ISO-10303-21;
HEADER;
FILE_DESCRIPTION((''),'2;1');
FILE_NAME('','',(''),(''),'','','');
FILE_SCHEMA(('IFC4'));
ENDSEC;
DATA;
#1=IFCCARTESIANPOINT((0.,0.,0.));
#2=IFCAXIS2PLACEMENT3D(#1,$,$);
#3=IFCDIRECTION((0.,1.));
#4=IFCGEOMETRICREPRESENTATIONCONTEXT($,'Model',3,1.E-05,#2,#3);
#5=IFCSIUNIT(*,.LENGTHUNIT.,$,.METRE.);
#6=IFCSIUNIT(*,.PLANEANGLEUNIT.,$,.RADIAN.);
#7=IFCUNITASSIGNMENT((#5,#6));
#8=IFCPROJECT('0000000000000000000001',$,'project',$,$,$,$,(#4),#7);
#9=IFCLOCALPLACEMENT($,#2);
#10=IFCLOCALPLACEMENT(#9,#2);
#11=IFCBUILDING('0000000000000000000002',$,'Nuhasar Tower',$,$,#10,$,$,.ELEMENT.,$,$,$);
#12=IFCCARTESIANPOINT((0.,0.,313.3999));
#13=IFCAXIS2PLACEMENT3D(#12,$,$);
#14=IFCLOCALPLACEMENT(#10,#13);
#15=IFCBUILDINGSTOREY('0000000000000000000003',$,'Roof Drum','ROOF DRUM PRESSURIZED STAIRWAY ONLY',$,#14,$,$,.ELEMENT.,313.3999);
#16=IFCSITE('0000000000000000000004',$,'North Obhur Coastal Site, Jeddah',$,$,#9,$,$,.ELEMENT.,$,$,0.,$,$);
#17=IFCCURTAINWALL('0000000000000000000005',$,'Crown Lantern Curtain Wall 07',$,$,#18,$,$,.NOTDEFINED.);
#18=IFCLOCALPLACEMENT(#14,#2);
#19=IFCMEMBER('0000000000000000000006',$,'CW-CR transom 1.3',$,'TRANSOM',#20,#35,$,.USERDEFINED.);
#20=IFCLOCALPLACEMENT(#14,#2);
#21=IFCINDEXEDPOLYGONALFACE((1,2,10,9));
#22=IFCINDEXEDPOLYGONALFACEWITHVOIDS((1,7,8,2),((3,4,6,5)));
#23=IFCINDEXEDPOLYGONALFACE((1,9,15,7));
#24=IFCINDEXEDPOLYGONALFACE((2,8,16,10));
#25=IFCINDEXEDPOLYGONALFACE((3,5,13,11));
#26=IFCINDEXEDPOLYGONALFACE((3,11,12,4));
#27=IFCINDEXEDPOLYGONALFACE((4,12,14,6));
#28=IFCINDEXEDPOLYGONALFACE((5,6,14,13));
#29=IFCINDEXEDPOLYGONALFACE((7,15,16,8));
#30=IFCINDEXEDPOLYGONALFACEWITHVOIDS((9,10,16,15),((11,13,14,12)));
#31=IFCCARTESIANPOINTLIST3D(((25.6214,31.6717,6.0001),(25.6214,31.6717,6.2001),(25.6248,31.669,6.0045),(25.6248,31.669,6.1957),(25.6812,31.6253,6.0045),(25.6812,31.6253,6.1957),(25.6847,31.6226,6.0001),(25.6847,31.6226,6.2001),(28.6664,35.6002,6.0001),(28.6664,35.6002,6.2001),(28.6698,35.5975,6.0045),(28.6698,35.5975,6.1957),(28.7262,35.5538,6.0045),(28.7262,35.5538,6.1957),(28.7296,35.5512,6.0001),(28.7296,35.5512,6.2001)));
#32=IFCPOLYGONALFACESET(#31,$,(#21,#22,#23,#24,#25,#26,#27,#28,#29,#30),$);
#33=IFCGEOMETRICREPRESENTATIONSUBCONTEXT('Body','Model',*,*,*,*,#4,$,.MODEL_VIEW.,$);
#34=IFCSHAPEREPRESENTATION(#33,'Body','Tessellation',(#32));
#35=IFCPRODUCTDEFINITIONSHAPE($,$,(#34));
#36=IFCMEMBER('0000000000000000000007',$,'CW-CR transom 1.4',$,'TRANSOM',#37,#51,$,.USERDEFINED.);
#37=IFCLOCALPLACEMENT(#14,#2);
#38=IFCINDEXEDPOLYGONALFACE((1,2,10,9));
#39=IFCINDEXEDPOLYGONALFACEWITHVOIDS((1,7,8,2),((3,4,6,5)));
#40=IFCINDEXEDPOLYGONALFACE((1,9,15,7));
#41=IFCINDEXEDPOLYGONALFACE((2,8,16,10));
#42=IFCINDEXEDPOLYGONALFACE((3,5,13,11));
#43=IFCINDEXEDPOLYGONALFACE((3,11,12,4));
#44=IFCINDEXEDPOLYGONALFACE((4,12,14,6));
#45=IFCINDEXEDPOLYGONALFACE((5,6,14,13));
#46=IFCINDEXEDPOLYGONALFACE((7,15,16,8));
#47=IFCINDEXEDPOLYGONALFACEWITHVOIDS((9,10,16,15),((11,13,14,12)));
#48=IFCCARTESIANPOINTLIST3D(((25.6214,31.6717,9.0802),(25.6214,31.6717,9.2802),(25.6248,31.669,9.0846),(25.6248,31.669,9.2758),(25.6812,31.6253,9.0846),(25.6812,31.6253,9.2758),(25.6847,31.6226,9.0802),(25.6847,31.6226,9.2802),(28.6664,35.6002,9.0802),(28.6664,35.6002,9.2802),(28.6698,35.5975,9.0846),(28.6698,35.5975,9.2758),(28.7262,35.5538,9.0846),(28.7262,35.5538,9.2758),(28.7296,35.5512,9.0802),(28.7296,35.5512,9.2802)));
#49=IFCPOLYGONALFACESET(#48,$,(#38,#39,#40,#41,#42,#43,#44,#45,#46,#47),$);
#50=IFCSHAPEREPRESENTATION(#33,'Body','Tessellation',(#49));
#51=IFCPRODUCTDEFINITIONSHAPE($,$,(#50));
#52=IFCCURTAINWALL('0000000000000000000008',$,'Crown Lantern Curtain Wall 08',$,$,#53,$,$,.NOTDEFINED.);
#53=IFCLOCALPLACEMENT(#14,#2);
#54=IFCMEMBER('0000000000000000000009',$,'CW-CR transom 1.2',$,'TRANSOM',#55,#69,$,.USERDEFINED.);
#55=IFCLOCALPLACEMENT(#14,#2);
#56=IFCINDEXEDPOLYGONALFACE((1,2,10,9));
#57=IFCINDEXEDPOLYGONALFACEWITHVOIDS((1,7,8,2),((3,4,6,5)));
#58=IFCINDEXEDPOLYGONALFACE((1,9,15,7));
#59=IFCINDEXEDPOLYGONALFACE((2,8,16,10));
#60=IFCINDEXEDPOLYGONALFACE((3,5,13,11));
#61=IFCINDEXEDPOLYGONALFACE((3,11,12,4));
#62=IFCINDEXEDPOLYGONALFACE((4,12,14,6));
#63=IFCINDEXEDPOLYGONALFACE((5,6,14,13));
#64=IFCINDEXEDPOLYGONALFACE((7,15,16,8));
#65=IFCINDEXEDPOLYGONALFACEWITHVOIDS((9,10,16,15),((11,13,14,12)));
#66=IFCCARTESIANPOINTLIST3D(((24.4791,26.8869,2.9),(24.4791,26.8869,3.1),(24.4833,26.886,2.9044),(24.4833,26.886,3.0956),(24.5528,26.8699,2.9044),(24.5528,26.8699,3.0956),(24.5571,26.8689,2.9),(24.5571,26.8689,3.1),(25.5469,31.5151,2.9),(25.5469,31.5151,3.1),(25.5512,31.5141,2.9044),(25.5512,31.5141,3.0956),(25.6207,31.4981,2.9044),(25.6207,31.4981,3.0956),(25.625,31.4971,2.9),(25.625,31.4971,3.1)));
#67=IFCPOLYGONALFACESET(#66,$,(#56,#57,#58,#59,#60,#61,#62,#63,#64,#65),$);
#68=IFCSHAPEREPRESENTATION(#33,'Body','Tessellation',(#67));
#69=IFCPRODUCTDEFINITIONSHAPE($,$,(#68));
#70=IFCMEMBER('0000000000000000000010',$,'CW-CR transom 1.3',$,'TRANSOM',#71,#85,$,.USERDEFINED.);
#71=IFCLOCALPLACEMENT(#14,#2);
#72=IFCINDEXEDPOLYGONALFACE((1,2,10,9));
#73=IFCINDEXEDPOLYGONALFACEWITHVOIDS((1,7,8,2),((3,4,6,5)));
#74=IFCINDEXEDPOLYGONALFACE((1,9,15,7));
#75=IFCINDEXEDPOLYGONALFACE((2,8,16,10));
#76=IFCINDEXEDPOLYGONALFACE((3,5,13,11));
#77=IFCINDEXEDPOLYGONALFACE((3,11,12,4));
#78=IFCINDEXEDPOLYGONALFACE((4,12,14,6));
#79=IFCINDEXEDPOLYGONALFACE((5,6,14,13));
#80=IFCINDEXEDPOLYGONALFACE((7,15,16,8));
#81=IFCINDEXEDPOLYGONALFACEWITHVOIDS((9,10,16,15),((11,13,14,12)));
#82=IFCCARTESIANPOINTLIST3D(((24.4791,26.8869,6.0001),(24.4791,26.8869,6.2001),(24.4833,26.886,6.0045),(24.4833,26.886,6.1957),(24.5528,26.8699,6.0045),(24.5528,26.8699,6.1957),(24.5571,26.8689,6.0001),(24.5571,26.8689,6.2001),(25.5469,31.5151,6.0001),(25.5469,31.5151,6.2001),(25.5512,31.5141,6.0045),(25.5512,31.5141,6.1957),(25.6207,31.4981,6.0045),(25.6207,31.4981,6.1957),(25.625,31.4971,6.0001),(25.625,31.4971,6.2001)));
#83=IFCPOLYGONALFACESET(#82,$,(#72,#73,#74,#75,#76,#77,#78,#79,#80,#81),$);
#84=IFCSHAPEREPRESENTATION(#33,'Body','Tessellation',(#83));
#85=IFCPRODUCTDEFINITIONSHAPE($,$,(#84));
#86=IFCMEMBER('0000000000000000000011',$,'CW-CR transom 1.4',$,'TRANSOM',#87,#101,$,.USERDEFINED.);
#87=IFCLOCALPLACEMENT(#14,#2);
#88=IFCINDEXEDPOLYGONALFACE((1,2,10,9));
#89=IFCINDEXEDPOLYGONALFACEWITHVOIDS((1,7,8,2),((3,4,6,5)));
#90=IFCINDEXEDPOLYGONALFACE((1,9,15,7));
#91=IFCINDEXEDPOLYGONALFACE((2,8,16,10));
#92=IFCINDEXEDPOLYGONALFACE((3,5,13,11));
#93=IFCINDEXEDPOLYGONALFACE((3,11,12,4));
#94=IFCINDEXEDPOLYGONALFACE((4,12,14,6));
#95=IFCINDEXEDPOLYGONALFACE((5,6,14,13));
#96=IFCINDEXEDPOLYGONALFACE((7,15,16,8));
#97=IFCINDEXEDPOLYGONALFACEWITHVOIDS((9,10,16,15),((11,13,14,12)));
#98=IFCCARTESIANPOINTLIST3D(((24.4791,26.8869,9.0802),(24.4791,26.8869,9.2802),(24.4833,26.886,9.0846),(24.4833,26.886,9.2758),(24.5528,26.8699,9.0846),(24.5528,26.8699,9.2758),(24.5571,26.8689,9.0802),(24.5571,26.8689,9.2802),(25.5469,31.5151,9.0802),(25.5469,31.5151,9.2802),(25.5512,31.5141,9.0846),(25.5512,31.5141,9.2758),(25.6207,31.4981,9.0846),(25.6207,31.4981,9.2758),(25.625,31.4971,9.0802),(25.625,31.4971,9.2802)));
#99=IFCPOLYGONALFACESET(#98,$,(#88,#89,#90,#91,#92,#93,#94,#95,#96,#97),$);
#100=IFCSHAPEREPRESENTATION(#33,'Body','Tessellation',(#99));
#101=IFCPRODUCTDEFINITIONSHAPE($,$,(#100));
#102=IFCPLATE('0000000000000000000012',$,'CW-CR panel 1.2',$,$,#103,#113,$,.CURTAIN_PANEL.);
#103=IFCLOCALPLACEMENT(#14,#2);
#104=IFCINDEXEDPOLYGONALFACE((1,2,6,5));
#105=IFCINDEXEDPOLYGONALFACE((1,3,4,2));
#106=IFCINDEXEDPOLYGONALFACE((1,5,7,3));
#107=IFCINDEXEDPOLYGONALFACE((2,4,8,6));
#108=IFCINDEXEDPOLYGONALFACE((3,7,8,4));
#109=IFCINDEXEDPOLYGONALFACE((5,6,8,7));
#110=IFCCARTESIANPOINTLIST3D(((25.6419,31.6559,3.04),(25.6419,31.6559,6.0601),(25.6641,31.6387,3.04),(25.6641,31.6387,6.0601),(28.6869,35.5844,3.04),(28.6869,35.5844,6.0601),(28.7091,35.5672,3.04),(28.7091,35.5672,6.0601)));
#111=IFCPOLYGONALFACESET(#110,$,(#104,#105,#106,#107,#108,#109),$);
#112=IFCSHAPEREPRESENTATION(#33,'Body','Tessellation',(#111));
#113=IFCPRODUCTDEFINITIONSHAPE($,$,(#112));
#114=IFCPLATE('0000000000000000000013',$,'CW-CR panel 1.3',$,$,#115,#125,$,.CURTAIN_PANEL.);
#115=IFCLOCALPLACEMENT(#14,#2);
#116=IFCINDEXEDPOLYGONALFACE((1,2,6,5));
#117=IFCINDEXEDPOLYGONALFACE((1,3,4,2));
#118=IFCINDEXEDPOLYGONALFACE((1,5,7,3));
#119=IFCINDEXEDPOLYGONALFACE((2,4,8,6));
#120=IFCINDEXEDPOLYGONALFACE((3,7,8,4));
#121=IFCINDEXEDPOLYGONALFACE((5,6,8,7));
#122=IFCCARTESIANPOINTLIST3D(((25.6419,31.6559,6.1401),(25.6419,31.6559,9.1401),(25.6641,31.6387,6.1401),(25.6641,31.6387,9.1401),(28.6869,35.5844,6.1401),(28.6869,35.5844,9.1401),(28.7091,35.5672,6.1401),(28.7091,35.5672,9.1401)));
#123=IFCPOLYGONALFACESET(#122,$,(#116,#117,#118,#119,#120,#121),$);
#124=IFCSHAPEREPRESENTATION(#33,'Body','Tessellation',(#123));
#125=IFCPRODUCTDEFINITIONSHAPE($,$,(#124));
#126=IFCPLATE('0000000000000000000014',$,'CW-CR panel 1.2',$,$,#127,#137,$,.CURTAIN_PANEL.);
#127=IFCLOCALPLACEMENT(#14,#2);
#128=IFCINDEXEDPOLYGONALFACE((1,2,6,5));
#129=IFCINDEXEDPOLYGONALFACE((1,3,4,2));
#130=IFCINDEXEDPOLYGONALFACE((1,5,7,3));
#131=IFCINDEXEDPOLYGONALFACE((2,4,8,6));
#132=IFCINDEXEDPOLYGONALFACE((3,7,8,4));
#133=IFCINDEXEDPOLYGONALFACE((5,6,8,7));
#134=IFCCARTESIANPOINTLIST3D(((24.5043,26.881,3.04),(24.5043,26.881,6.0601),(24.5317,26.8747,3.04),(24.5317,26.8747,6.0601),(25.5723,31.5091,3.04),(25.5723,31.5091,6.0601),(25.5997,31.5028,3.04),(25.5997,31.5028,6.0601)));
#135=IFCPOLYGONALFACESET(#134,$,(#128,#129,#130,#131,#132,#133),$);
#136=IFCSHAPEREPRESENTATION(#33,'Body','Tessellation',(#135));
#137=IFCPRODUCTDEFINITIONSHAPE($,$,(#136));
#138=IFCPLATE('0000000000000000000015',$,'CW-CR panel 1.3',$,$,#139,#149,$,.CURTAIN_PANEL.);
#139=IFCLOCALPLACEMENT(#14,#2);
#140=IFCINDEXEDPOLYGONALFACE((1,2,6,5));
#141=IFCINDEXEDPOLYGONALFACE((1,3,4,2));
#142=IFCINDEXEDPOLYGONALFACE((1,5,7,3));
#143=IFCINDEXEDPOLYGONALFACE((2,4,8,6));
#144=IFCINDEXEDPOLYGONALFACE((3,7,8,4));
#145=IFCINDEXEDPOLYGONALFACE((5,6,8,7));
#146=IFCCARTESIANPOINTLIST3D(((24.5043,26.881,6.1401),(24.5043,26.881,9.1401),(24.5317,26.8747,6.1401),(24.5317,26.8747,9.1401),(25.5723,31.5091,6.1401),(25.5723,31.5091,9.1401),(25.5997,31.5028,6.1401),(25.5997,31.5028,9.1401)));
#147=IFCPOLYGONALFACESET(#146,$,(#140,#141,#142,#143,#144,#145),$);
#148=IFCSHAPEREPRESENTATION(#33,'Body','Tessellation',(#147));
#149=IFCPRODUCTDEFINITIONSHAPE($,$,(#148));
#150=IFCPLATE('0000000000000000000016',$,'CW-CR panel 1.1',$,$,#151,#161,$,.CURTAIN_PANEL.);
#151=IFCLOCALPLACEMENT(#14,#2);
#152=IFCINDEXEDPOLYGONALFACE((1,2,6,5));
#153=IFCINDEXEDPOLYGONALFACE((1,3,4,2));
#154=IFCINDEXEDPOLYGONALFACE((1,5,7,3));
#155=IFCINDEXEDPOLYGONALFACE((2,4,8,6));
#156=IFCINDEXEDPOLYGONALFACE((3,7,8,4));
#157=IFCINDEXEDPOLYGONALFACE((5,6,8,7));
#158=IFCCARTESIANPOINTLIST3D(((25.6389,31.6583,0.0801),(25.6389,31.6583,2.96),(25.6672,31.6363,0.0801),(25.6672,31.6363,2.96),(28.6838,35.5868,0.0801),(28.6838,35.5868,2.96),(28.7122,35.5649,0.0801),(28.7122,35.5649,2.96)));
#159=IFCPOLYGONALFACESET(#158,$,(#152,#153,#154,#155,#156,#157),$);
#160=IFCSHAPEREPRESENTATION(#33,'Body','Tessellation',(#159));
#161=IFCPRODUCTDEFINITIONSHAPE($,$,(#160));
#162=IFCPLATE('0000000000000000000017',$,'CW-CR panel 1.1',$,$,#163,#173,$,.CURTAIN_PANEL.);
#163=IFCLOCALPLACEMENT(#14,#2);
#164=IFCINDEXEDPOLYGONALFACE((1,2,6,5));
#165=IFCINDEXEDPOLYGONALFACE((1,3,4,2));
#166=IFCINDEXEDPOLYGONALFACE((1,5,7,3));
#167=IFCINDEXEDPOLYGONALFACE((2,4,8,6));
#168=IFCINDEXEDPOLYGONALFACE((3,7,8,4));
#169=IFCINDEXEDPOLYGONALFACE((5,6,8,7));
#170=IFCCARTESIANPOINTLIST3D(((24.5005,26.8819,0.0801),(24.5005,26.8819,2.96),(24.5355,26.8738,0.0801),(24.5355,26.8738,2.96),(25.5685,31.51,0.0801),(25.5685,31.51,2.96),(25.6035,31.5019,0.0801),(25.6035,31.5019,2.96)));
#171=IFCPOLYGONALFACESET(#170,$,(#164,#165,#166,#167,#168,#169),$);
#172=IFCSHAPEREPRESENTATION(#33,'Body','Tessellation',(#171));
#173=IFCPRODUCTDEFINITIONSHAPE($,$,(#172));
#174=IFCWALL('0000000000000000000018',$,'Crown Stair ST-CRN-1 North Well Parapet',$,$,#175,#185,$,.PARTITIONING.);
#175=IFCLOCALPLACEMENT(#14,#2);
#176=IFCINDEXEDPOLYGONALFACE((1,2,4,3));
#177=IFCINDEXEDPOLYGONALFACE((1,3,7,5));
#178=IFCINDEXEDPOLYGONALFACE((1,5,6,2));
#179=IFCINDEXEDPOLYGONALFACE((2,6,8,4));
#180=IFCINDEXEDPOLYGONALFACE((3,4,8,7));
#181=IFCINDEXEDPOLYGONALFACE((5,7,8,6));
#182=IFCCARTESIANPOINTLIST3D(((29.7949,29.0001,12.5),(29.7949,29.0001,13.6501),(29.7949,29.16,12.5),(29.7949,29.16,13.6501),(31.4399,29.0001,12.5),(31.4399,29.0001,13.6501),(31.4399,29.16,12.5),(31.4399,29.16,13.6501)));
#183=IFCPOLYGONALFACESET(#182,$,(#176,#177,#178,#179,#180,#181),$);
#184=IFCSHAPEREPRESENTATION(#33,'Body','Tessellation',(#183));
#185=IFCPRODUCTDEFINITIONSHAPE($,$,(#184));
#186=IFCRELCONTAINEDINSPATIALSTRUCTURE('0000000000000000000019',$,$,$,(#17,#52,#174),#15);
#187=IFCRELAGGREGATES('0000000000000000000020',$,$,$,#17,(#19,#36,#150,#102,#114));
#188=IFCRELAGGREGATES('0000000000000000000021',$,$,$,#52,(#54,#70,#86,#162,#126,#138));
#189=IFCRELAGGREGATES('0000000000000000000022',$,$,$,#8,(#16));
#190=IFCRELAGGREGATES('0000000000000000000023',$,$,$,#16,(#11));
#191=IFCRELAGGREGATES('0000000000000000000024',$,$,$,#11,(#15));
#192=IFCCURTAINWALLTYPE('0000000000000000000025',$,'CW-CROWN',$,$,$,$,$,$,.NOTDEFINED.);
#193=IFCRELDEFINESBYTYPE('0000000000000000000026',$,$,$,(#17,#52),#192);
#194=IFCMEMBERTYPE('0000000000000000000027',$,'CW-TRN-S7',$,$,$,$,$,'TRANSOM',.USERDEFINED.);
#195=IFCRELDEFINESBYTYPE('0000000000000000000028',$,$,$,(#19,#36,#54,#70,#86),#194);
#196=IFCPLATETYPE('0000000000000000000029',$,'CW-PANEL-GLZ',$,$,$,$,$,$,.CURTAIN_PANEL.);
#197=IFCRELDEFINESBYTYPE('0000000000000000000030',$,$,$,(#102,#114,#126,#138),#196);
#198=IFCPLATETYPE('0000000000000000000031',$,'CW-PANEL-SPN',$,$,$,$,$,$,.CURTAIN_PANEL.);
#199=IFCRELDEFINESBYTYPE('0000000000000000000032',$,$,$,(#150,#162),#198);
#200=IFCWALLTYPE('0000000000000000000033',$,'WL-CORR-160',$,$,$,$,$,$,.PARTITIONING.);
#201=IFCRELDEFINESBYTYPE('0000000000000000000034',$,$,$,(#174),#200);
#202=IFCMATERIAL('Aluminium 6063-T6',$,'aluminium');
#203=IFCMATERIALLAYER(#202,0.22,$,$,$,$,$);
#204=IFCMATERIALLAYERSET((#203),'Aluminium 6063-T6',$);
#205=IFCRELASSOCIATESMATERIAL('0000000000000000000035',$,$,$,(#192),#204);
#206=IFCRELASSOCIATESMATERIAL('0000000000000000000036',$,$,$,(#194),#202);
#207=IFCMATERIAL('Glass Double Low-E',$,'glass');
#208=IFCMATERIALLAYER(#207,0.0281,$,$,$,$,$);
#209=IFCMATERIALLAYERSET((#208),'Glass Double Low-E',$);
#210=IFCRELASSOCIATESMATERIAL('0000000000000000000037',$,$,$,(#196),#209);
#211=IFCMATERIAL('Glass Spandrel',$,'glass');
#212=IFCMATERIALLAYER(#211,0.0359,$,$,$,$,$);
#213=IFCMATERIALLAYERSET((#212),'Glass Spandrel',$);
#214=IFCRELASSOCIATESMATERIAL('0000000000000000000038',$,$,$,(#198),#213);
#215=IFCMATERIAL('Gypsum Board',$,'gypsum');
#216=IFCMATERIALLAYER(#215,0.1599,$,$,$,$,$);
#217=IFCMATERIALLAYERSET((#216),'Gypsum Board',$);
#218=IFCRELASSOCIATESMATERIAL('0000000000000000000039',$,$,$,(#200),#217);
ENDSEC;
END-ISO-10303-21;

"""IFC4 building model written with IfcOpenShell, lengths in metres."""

from ifc_helpers import new_model, si_unit, direction, frame, frame_2d, origin, origin_2d, place, context, subcontext, project, spatial, rectangle, hollow_rectangle, extrude, material, layer, layer_set, material_profile, profile_set, type_object, element, aggregate, save


model = new_model("IFC4")

# Units and contexts
model_context = context("Model", 3, precision=1e-05, world=origin(), true_north=direction((0.0, 1.0)))
body_context = subcontext(model_context, "Body", "Model", "MODEL_VIEW")
ifc_project = project(units=[si_unit("LENGTHUNIT", "METRE"), si_unit("PLANEANGLEUNIT", "RADIAN")], contexts=[model_context])

# Site, building, storey
site_placement = place(None, origin())
site = spatial("IfcSite", under=ifc_project, at=site_placement, Name="North Obhur Coastal Site, Jeddah", CompositionType="ELEMENT", RefElevation=0.0)
building_placement = place(site_placement, origin())
building = spatial("IfcBuilding", under=site, at=building_placement, Name="Nuhasar Tower", CompositionType="ELEMENT")
storey_placement = place(building_placement, frame((0.0, 0.0, 313.3999)))
storey = spatial("IfcBuildingStorey", under=building, at=storey_placement, Name="Roof Drum", Description="ROOF DRUM PRESSURIZED STAIRWAY ONLY", CompositionType="ELEMENT", Elevation=313.3999)

# Curtain walls, members
ifc_material_1 = material(Name="Aluminium 6063-T6", Category="aluminium")
ifc_layer_1 = layer(ifc_material_1, 0.22)
ifc_layer_set_1 = layer_set([ifc_layer_1], Name="Aluminium 6063-T6")
curtain_wall_type = type_object("IfcCurtainWallType", Name="CW-CROWN", PredefinedType="NOTDEFINED", material=ifc_layer_set_1)
curtain_wall_1_placement = place(storey_placement, origin())
curtain_wall_1 = element("IfcCurtainWall", 1, at=curtain_wall_1_placement, inside=storey, type_object=curtain_wall_type, Name="Crown Lantern Curtain Wall 07", PredefinedType="NOTDEFINED")
ifc_material_profile_1 = material_profile(ifc_material_1, hollow_rectangle(XDim=0.0801, YDim=0.2, WallThickness=0.0044, at=origin_2d()), Name="CWT-7")
ifc_profile_set_1 = profile_set([ifc_material_profile_1], Name="Aluminium 6063-T6")
member_type_1 = type_object("IfcMemberType", Name="CW-TRN-S7", ElementType="TRANSOM", PredefinedType="USERDEFINED", material=ifc_profile_set_1)
member_1_placement = place(storey_placement, frame((28.698, 35.5757, 6.1001), z_axis=(-0.612617, -0.79038, 0.0), x_axis=(0.79038, -0.612617, 0.0)))
member_1 = element("IfcMember", 2, at=member_1_placement, type_object=member_type_1, Name="CW-CR transom 1.3", ObjectType="TRANSOM", PredefinedType="USERDEFINED", context=body_context, shape_type="SweptSolid", body=[
    extrude(hollow_rectangle(XDim=0.0801, YDim=0.2, WallThickness=0.0044, at=origin_2d()), origin(), (0.0, 0.0, 1.0), 4.9705),
])
member_2_placement = place(storey_placement, frame((28.698, 35.5757, 9.1802), z_axis=(-0.612617, -0.79038, 0.0), x_axis=(0.79038, -0.612617, 0.0)))
member_2 = element("IfcMember", 3, at=member_2_placement, type_object=member_type_1, Name="CW-CR transom 1.4", ObjectType="TRANSOM", PredefinedType="USERDEFINED", context=body_context, shape_type="SweptSolid", body=[
    extrude(hollow_rectangle(XDim=0.0801, YDim=0.2, WallThickness=0.0044, at=origin_2d()), origin(), (0.0, 0.0, 1.0), 4.9705),
])
curtain_wall_2_placement = place(storey_placement, origin())
curtain_wall_2 = element("IfcCurtainWall", 4, at=curtain_wall_2_placement, inside=storey, type_object=curtain_wall_type, Name="Crown Lantern Curtain Wall 08", PredefinedType="NOTDEFINED")
member_3_placement = place(storey_placement, frame((25.5859, 31.5061, 3.0), z_axis=(-0.224826, -0.974399, 0.0), x_axis=(0.974399, -0.224826, 0.0)))
member_3 = element("IfcMember", 5, at=member_3_placement, type_object=member_type_1, Name="CW-CR transom 1.2", ObjectType="TRANSOM", PredefinedType="USERDEFINED", context=body_context, shape_type="SweptSolid", body=[
    extrude(hollow_rectangle(XDim=0.0801, YDim=0.2, WallThickness=0.0044, at=origin_2d()), origin(), (0.0, 0.0, 1.0), 4.7498),
])
member_4_placement = place(storey_placement, frame((25.5859, 31.5061, 6.1001), z_axis=(-0.224826, -0.974399, 0.0), x_axis=(0.974399, -0.224826, 0.0)))
member_4 = element("IfcMember", 6, at=member_4_placement, type_object=member_type_1, Name="CW-CR transom 1.3", ObjectType="TRANSOM", PredefinedType="USERDEFINED", context=body_context, shape_type="SweptSolid", body=[
    extrude(hollow_rectangle(XDim=0.0801, YDim=0.2, WallThickness=0.0044, at=origin_2d()), origin(), (0.0, 0.0, 1.0), 4.7498),
])
member_5_placement = place(storey_placement, frame((25.5859, 31.5061, 9.1802), z_axis=(-0.224826, -0.974399, 0.0), x_axis=(0.974399, -0.224826, 0.0)))
member_5 = element("IfcMember", 7, at=member_5_placement, type_object=member_type_1, Name="CW-CR transom 1.4", ObjectType="TRANSOM", PredefinedType="USERDEFINED", context=body_context, shape_type="SweptSolid", body=[
    extrude(hollow_rectangle(XDim=0.0801, YDim=0.2, WallThickness=0.0044, at=origin_2d()), origin(), (0.0, 0.0, 1.0), 4.7498),
])

# Plates
ifc_material_2 = material(Name="Glass Double Low-E", Category="glass")
ifc_layer_2 = layer(ifc_material_2, 0.0281)
ifc_layer_set_2 = layer_set([ifc_layer_2], Name="Glass Double Low-E")
plate_type_1 = type_object("IfcPlateType", Name="CW-PANEL-GLZ", PredefinedType="CURTAIN_PANEL", material=ifc_layer_set_2)
plate_1_placement = place(storey_placement, frame((27.1755, 33.6116, 3.04), z_axis=(0.0, 0.0, 1.0), x_axis=(-0.612617, -0.79038, 0.0)))
plate_1 = element("IfcPlate", 8, at=plate_1_placement, type_object=plate_type_1, Name="CW-CR panel 1.2", PredefinedType="CURTAIN_PANEL", context=body_context, shape_type="SweptSolid", body=[
    extrude(rectangle(XDim=4.9705, YDim=0.0281, at=origin_2d()), origin(), (0.0, 0.0, 1.0), 3.02),
])
plate_2_placement = place(storey_placement, frame((27.1755, 33.6116, 6.1401), z_axis=(0.0, 0.0, 1.0), x_axis=(-0.612617, -0.79038, 0.0)))
plate_2 = element("IfcPlate", 9, at=plate_2_placement, type_object=plate_type_1, Name="CW-CR panel 1.3", PredefinedType="CURTAIN_PANEL", context=body_context, shape_type="SweptSolid", body=[
    extrude(rectangle(XDim=4.9705, YDim=0.0281, at=origin_2d()), origin(), (0.0, 0.0, 1.0), 3.0),
])
plate_3_placement = place(storey_placement, frame((25.052, 29.1919, 3.04), z_axis=(0.0, 0.0, 1.0), x_axis=(-0.22486, -0.974391, 0.0)))
plate_3 = element("IfcPlate", 10, at=plate_3_placement, type_object=plate_type_1, Name="CW-CR panel 1.2", PredefinedType="CURTAIN_PANEL", context=body_context, shape_type="SweptSolid", body=[
    extrude(rectangle(XDim=4.7498, YDim=0.0281, at=origin_2d()), origin(), (0.0, 0.0, 1.0), 3.02),
])
plate_4_placement = place(storey_placement, frame((25.052, 29.1919, 6.1401), z_axis=(0.0, 0.0, 1.0), x_axis=(-0.22486, -0.974391, 0.0)))
plate_4 = element("IfcPlate", 11, at=plate_4_placement, type_object=plate_type_1, Name="CW-CR panel 1.3", PredefinedType="CURTAIN_PANEL", context=body_context, shape_type="SweptSolid", body=[
    extrude(rectangle(XDim=4.7498, YDim=0.0281, at=origin_2d()), origin(), (0.0, 0.0, 1.0), 3.0),
])
ifc_material_3 = material(Name="Glass Spandrel", Category="glass")
ifc_layer_3 = layer(ifc_material_3, 0.0359)
ifc_layer_set_3 = layer_set([ifc_layer_3], Name="Glass Spandrel")
plate_type_2 = type_object("IfcPlateType", Name="CW-PANEL-SPN", PredefinedType="CURTAIN_PANEL", material=ifc_layer_set_3)
plate_5_placement = place(storey_placement, frame((27.1755, 33.6116, 0.0801), z_axis=(0.0, 0.0, 1.0), x_axis=(-0.612617, -0.79038, 0.0)))
plate_5 = element("IfcPlate", 12, at=plate_5_placement, type_object=plate_type_2, Name="CW-CR panel 1.1", PredefinedType="CURTAIN_PANEL", context=body_context, shape_type="SweptSolid", body=[
    extrude(rectangle(XDim=4.9705, YDim=0.0359, at=origin_2d()), origin(), (0.0, 0.0, 1.0), 2.8799),
])
aggregate(curtain_wall_1, [member_1, member_2, plate_5, plate_1, plate_2])
plate_6_placement = place(storey_placement, frame((25.052, 29.1919, 0.0801), z_axis=(0.0, 0.0, 1.0), x_axis=(-0.22486, -0.974391, 0.0)))
plate_6 = element("IfcPlate", 13, at=plate_6_placement, type_object=plate_type_2, Name="CW-CR panel 1.1", PredefinedType="CURTAIN_PANEL", context=body_context, shape_type="SweptSolid", body=[
    extrude(rectangle(XDim=4.7498, YDim=0.0359, at=origin_2d()), origin(), (0.0, 0.0, 1.0), 2.8799),
])
aggregate(curtain_wall_2, [member_3, member_4, member_5, plate_6, plate_3, plate_4])

# Wall
ifc_material_4 = material(Name="Gypsum Board", Category="gypsum")
ifc_layer_4 = layer(ifc_material_4, 0.1599)
ifc_layer_set_4 = layer_set([ifc_layer_4], Name="Gypsum Board")
wall_type_1 = type_object("IfcWallType", Name="WL-CORR-160", PredefinedType="PARTITIONING", material=ifc_layer_set_4)
wall_1_placement = place(storey_placement, frame((29.7949, 29.0801, 12.5), z_axis=(0.0, 0.0, 1.0), x_axis=(1.0, 0.0, 0.0)))
element("IfcWall", 14, at=wall_1_placement, inside=storey, type_object=wall_type_1, Name="Crown Stair ST-CRN-1 North Well Parapet", PredefinedType="PARTITIONING", context=body_context, shape_type="SweptSolid", body=[
    extrude(rectangle(XDim=1.645, YDim=0.1599, at=frame_2d((0.8225, 0.0))), origin(), (0.0, 0.0, 1.0), 1.1501),
])

save(model, "model.ifc")
